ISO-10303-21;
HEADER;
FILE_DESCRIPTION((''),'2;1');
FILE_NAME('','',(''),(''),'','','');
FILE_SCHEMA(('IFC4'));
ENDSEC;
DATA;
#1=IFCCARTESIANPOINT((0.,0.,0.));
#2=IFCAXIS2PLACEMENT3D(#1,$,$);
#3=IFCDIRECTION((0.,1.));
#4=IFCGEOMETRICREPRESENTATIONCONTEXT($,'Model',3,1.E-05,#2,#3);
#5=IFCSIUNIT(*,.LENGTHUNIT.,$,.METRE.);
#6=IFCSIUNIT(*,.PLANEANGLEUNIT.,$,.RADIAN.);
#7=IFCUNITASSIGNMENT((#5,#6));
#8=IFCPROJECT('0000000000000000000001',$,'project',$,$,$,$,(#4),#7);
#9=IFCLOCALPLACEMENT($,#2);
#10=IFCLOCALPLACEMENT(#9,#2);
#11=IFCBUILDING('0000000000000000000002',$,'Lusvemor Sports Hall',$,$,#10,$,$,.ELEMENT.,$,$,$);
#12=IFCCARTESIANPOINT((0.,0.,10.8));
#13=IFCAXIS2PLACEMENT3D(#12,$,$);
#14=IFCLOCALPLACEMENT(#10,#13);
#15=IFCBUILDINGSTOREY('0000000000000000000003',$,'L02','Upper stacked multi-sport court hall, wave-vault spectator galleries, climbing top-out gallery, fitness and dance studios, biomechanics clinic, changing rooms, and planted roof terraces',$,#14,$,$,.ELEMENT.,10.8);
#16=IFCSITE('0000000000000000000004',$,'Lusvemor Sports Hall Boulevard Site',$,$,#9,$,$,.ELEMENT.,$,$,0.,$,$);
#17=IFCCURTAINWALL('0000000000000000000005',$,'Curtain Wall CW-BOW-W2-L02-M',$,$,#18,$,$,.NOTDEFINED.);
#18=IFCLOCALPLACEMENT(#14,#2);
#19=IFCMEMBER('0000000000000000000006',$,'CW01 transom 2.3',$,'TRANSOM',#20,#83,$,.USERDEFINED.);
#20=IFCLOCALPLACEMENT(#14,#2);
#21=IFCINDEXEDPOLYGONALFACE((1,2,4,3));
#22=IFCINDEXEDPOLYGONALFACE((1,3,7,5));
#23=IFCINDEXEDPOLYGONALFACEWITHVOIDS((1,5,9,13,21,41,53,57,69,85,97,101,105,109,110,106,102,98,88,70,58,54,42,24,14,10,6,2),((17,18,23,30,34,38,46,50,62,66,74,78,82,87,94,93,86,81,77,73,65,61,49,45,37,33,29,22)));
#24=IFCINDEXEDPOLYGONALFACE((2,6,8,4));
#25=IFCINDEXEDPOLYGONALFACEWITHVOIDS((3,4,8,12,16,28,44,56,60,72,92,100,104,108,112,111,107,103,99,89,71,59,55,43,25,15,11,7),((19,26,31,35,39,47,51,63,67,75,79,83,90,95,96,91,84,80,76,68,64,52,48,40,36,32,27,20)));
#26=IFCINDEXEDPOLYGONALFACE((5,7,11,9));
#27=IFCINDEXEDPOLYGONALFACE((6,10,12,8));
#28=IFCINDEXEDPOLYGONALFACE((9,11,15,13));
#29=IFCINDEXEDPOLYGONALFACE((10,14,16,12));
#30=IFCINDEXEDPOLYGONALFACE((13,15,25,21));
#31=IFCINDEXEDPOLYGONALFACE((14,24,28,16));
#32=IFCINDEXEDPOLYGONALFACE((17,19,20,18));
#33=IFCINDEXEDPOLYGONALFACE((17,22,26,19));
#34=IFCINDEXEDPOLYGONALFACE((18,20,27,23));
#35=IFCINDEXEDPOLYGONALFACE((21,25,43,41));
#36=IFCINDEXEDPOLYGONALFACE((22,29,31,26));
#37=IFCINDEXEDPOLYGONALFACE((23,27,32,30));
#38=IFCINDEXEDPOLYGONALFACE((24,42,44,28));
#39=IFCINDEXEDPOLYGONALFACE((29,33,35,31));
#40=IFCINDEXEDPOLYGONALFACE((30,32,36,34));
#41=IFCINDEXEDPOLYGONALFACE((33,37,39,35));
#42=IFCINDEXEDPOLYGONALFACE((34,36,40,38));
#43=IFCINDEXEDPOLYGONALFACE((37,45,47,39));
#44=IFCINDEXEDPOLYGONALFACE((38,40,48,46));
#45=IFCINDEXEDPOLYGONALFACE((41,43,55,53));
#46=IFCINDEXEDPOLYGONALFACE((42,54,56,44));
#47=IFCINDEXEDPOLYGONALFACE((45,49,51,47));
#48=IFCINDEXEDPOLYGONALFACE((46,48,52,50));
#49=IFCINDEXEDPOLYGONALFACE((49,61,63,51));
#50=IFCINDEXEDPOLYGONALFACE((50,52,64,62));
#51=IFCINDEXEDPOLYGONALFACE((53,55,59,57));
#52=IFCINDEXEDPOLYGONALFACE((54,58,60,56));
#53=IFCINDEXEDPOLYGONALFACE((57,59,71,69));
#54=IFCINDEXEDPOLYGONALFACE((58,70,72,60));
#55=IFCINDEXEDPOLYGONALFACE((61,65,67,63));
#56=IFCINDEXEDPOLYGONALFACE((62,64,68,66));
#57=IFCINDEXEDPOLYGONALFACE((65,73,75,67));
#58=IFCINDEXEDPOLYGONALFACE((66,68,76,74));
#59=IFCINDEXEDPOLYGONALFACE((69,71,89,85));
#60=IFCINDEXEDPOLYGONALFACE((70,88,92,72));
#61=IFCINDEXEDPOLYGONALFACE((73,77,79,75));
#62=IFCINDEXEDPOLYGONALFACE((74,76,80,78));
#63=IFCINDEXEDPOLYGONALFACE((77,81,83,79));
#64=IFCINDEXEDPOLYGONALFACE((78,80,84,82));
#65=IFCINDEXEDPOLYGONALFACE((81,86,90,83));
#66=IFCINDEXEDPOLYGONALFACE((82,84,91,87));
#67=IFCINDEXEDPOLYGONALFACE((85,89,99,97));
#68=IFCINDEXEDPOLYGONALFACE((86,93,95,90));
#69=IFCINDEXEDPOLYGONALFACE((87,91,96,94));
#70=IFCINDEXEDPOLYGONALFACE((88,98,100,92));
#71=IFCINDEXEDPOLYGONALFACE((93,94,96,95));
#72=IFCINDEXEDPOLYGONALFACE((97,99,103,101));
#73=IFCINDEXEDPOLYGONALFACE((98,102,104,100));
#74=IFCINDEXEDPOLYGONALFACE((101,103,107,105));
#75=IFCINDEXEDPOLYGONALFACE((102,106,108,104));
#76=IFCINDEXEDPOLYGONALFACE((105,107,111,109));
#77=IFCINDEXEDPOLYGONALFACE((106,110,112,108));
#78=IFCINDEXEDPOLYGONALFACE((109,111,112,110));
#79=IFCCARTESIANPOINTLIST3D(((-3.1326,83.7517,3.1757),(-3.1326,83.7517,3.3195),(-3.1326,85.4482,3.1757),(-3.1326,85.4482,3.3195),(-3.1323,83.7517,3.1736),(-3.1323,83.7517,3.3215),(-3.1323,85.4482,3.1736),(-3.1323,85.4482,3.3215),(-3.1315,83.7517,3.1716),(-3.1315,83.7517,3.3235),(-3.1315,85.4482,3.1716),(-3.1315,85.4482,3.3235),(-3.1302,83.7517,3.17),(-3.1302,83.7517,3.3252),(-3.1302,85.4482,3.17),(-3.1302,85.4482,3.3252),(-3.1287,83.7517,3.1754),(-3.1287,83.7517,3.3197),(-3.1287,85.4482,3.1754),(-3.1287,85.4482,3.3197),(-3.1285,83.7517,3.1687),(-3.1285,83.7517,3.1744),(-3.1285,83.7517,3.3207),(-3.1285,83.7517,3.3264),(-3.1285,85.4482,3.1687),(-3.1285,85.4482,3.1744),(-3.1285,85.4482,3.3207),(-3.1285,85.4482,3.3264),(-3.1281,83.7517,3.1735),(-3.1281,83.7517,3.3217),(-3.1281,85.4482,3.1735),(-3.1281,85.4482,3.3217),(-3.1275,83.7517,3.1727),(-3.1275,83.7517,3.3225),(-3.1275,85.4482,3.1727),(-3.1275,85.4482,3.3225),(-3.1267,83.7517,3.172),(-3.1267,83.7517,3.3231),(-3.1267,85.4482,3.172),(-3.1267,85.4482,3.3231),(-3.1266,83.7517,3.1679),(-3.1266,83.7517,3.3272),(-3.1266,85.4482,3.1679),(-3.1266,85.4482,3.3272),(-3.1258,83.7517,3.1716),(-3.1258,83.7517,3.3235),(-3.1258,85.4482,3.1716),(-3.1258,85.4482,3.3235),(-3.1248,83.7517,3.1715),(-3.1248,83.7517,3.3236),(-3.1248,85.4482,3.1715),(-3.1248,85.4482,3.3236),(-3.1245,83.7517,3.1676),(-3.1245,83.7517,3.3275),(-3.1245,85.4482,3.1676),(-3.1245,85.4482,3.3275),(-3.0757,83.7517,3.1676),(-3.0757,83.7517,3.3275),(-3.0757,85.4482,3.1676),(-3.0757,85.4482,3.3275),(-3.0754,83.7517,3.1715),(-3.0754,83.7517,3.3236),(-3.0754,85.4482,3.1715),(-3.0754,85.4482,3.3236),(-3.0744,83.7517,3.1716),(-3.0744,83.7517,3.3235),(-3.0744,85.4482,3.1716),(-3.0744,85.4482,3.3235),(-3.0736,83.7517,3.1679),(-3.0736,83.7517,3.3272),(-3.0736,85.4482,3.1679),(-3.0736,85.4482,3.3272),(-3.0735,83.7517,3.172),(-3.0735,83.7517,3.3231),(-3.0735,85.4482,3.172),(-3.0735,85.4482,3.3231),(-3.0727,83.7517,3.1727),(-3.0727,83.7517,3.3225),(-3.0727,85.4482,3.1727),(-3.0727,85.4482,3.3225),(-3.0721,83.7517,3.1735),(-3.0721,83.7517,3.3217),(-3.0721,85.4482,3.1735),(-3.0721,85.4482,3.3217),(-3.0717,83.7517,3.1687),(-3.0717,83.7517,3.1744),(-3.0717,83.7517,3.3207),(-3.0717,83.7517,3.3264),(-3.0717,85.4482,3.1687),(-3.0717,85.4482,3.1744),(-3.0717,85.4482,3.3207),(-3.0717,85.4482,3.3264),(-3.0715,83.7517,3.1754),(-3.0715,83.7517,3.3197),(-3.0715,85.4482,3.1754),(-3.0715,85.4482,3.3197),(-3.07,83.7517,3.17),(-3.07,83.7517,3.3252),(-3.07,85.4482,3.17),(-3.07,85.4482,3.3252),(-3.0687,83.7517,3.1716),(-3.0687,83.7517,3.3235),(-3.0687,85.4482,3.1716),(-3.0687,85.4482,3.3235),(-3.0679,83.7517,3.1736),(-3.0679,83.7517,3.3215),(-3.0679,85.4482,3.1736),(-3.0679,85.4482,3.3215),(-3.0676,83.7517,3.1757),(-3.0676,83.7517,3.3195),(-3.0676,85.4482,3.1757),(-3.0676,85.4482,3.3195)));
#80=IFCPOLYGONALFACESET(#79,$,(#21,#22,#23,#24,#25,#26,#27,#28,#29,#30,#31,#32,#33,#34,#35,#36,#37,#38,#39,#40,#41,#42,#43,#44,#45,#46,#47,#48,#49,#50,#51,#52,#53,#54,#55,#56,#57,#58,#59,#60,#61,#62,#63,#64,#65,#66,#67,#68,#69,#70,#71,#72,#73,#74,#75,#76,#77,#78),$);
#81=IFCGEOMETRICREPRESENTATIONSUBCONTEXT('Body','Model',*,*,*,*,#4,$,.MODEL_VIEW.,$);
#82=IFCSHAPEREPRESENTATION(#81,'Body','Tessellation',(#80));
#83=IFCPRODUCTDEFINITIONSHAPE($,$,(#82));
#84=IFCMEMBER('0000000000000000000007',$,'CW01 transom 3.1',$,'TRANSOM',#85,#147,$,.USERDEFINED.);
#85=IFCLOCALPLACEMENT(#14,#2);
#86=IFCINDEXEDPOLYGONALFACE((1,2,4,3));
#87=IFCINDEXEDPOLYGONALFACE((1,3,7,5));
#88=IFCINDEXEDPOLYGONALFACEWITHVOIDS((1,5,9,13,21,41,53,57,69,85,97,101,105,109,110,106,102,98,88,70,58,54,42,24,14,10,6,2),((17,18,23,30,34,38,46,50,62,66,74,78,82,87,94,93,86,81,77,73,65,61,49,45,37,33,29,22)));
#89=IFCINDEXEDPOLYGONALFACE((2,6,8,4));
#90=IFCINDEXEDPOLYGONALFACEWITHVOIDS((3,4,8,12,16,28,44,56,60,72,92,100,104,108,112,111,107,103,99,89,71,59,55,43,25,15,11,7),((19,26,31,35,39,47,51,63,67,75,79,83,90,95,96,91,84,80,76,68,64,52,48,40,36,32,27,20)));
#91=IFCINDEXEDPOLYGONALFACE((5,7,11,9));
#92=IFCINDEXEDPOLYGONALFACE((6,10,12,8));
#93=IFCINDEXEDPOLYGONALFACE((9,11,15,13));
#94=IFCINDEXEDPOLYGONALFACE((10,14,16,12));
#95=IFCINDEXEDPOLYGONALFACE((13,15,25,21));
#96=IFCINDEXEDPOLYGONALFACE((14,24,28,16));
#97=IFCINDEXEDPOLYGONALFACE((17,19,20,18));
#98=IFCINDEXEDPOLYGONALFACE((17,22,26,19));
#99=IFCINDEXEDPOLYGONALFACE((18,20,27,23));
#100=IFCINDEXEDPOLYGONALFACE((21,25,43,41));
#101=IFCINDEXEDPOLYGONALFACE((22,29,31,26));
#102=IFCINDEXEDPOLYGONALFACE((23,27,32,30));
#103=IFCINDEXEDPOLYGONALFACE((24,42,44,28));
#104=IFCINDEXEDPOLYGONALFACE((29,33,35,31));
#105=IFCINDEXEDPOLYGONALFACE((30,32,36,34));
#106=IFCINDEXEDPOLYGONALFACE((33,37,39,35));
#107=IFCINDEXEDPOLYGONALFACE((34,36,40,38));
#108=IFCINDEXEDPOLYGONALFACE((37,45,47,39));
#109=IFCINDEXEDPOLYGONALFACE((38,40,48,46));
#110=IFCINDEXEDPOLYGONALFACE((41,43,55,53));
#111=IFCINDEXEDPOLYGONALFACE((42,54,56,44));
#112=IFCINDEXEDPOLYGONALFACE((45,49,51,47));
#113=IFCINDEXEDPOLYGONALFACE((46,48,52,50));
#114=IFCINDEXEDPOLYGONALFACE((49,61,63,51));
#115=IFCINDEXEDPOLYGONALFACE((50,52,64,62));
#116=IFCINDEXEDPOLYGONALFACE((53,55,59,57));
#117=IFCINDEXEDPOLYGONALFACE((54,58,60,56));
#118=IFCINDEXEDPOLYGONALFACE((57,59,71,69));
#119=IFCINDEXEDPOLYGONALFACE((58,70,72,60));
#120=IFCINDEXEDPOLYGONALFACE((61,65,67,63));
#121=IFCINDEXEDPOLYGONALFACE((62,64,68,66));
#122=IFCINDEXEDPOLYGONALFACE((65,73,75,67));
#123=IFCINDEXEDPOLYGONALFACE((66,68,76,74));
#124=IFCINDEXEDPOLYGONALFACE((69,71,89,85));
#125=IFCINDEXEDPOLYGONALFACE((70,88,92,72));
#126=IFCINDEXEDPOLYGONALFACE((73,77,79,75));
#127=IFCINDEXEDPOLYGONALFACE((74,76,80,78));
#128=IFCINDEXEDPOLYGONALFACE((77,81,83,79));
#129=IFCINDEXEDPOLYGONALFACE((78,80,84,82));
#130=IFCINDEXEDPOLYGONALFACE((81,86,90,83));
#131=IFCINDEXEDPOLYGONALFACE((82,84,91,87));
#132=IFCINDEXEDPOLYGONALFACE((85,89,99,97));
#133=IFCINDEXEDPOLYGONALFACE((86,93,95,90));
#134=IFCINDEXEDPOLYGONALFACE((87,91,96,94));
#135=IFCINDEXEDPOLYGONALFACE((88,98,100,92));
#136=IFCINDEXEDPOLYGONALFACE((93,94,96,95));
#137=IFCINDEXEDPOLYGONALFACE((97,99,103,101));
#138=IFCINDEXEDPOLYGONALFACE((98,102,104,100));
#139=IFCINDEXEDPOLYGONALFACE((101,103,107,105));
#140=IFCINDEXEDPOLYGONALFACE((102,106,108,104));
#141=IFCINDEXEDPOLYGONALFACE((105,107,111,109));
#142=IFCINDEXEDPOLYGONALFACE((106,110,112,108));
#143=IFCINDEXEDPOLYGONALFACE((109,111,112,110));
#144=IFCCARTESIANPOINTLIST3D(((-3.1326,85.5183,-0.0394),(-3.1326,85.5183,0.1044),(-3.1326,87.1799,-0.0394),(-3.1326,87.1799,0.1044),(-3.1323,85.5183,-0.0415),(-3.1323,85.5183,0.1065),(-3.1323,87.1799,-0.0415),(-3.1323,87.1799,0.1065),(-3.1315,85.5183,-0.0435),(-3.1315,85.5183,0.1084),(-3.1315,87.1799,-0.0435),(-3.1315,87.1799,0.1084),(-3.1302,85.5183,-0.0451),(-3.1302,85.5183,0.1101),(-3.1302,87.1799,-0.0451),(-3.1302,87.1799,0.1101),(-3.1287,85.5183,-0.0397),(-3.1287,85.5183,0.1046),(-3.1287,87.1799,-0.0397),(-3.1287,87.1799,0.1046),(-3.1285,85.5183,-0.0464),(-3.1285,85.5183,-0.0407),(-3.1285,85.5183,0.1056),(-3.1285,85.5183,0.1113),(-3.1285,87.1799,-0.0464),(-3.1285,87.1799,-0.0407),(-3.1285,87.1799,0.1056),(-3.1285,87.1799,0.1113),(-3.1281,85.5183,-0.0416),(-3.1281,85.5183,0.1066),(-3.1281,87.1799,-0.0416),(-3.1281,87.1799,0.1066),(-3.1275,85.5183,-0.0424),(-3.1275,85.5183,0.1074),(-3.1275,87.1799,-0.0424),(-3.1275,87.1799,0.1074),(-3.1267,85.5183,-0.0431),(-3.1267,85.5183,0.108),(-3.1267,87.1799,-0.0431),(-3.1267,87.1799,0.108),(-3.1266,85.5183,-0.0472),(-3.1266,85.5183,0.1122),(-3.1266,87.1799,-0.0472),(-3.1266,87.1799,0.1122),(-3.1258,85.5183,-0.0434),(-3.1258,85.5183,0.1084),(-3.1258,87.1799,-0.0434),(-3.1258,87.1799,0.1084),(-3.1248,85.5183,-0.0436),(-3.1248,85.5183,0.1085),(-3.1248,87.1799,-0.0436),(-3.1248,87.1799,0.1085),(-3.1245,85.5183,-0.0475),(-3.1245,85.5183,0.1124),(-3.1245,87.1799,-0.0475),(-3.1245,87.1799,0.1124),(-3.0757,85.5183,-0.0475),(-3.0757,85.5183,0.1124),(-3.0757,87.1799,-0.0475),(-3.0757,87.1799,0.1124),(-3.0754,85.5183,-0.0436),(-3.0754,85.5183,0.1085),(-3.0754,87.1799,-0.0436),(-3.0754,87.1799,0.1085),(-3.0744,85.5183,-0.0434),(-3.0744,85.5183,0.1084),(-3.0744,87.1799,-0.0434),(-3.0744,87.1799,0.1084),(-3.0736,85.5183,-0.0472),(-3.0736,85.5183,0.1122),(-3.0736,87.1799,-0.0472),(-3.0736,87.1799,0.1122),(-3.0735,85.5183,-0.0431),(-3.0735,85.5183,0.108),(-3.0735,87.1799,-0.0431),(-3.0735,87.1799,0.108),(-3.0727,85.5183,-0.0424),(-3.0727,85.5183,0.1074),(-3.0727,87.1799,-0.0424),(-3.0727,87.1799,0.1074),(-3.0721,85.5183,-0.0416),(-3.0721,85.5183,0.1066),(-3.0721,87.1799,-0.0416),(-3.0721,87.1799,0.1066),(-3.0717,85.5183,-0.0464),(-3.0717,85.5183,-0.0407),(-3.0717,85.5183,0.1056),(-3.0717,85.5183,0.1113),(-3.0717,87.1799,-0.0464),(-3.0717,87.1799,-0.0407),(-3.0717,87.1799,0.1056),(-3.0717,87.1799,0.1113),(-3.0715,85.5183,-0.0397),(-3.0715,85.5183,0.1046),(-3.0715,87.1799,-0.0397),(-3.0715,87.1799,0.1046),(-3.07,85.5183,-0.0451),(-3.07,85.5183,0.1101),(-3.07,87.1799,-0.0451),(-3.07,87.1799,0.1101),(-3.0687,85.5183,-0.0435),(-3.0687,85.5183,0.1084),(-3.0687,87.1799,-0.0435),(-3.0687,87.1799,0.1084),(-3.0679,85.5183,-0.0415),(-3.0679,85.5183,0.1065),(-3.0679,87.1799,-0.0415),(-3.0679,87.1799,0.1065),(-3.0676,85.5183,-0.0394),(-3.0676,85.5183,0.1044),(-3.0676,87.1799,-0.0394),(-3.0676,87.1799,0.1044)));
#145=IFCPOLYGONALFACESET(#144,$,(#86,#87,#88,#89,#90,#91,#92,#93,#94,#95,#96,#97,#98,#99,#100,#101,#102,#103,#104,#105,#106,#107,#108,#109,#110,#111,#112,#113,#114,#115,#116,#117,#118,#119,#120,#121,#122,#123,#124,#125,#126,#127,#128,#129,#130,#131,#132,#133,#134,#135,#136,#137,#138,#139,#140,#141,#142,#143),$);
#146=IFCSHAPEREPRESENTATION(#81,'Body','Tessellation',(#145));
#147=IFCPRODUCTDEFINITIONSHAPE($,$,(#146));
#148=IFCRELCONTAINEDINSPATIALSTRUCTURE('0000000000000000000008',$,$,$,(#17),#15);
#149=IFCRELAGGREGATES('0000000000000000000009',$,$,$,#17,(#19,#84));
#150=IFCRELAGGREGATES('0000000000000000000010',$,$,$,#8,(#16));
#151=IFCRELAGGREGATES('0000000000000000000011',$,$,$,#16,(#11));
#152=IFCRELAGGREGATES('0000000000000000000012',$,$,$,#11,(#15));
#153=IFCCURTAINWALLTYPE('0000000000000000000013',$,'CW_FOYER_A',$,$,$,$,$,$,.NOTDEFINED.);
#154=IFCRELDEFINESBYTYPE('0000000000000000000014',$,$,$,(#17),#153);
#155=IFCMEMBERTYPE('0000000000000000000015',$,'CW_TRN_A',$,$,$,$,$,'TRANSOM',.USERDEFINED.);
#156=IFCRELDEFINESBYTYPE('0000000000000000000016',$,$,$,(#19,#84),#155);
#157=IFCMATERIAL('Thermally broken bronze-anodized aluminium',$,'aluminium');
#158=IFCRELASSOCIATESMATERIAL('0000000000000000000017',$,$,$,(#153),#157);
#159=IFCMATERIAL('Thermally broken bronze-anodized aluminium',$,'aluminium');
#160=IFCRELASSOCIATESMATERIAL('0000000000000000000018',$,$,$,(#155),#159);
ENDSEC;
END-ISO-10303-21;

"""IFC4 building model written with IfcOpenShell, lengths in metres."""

from ifc_helpers import new_model, si_unit, direction, frame, origin, origin_2d, place, context, subcontext, project, spatial, hollow_rectangle, extrude, material, material_profile, profile_set, type_object, element, aggregate, save


model = new_model("IFC4")

# Units and contexts
model_context = context("Model", 3, precision=1e-05, world=origin(), true_north=direction((0.0, 1.0)))
body_context = subcontext(model_context, "Body", "Model", "MODEL_VIEW")
ifc_project = project(units=[si_unit("LENGTHUNIT", "METRE"), si_unit("PLANEANGLEUNIT", "RADIAN")], contexts=[model_context])

# Site, building, storey
site_placement = place(None, origin())
site = spatial("IfcSite", under=ifc_project, at=site_placement, Name="Lusvemor Sports Hall Boulevard Site", CompositionType="ELEMENT", RefElevation=0.0)
building_placement = place(site_placement, origin())
building = spatial("IfcBuilding", under=site, at=building_placement, Name="Lusvemor Sports Hall", CompositionType="ELEMENT")
storey_placement = place(building_placement, frame((0.0, 0.0, 10.8)))
storey = spatial("IfcBuildingStorey", under=building, at=storey_placement, Name="L02", Description="Upper stacked multi-sport court hall, wave-vault spectator galleries, climbing top-out gallery, fitness and dance studios, biomechanics clinic, changing rooms, and planted roof terraces", CompositionType="ELEMENT", Elevation=10.8)

# Curtain wall, members
ifc_material_1 = material(Name="Thermally broken bronze-anodized aluminium", Category="aluminium")
curtain_wall_type = type_object("IfcCurtainWallType", Name="CW_FOYER_A", PredefinedType="NOTDEFINED", material=ifc_material_1)
curtain_wall_placement = place(storey_placement, origin())
curtain_wall = element("IfcCurtainWall", 1, at=curtain_wall_placement, inside=storey, type_object=curtain_wall_type, Name="Curtain Wall CW-BOW-W2-L02-M", PredefinedType="NOTDEFINED")
ifc_material_2 = material(Name="Thermally broken bronze-anodized aluminium", Category="aluminium")
ifc_material_profile_1 = material_profile(ifc_material_2, hollow_rectangle(XDim=0.0649, YDim=0.1599, WallThickness=0.0039, InnerFilletRadius=0.0039, OuterFilletRadius=0.0081, at=origin_2d()), Name="CWTRN160x65x4")
ifc_profile_set_1 = profile_set([ifc_material_profile_1], Name="Thermally broken bronze-anodized aluminium")
member_type_1 = type_object("IfcMemberType", Name="CW_TRN_A", ElementType="TRANSOM", PredefinedType="USERDEFINED", material=ifc_profile_set_1)
member_1_placement = place(storey_placement, frame((-3.1001, 83.7517, 3.2476), z_axis=(0.0, 1.0, 0.0), x_axis=(-1.0, 0.0, 0.0)))
member_1 = element("IfcMember", 2, at=member_1_placement, type_object=member_type_1, Name="CW01 transom 2.3", ObjectType="TRANSOM", PredefinedType="USERDEFINED", context=body_context, shape_type="SweptSolid", body=[
    extrude(hollow_rectangle(XDim=0.0649, YDim=0.1599, WallThickness=0.0039, InnerFilletRadius=0.0039, OuterFilletRadius=0.0081, at=origin_2d()), origin(), (0.0, 0.0, 1.0), 1.6965),
])
member_2_placement = place(storey_placement, frame((-3.1001, 85.5183, 0.0325), z_axis=(0.0, 1.0, 0.0), x_axis=(-1.0, 0.0, 0.0)))
member_2 = element("IfcMember", 3, at=member_2_placement, type_object=member_type_1, Name="CW01 transom 3.1", ObjectType="TRANSOM", PredefinedType="USERDEFINED", context=body_context, shape_type="SweptSolid", body=[
    extrude(hollow_rectangle(XDim=0.0649, YDim=0.1599, WallThickness=0.0039, InnerFilletRadius=0.0039, OuterFilletRadius=0.0081, at=origin_2d()), origin(), (0.0, 0.0, 1.0), 1.6616),
])

aggregate(curtain_wall, [member_1, member_2])

save(model, "model.ifc")
